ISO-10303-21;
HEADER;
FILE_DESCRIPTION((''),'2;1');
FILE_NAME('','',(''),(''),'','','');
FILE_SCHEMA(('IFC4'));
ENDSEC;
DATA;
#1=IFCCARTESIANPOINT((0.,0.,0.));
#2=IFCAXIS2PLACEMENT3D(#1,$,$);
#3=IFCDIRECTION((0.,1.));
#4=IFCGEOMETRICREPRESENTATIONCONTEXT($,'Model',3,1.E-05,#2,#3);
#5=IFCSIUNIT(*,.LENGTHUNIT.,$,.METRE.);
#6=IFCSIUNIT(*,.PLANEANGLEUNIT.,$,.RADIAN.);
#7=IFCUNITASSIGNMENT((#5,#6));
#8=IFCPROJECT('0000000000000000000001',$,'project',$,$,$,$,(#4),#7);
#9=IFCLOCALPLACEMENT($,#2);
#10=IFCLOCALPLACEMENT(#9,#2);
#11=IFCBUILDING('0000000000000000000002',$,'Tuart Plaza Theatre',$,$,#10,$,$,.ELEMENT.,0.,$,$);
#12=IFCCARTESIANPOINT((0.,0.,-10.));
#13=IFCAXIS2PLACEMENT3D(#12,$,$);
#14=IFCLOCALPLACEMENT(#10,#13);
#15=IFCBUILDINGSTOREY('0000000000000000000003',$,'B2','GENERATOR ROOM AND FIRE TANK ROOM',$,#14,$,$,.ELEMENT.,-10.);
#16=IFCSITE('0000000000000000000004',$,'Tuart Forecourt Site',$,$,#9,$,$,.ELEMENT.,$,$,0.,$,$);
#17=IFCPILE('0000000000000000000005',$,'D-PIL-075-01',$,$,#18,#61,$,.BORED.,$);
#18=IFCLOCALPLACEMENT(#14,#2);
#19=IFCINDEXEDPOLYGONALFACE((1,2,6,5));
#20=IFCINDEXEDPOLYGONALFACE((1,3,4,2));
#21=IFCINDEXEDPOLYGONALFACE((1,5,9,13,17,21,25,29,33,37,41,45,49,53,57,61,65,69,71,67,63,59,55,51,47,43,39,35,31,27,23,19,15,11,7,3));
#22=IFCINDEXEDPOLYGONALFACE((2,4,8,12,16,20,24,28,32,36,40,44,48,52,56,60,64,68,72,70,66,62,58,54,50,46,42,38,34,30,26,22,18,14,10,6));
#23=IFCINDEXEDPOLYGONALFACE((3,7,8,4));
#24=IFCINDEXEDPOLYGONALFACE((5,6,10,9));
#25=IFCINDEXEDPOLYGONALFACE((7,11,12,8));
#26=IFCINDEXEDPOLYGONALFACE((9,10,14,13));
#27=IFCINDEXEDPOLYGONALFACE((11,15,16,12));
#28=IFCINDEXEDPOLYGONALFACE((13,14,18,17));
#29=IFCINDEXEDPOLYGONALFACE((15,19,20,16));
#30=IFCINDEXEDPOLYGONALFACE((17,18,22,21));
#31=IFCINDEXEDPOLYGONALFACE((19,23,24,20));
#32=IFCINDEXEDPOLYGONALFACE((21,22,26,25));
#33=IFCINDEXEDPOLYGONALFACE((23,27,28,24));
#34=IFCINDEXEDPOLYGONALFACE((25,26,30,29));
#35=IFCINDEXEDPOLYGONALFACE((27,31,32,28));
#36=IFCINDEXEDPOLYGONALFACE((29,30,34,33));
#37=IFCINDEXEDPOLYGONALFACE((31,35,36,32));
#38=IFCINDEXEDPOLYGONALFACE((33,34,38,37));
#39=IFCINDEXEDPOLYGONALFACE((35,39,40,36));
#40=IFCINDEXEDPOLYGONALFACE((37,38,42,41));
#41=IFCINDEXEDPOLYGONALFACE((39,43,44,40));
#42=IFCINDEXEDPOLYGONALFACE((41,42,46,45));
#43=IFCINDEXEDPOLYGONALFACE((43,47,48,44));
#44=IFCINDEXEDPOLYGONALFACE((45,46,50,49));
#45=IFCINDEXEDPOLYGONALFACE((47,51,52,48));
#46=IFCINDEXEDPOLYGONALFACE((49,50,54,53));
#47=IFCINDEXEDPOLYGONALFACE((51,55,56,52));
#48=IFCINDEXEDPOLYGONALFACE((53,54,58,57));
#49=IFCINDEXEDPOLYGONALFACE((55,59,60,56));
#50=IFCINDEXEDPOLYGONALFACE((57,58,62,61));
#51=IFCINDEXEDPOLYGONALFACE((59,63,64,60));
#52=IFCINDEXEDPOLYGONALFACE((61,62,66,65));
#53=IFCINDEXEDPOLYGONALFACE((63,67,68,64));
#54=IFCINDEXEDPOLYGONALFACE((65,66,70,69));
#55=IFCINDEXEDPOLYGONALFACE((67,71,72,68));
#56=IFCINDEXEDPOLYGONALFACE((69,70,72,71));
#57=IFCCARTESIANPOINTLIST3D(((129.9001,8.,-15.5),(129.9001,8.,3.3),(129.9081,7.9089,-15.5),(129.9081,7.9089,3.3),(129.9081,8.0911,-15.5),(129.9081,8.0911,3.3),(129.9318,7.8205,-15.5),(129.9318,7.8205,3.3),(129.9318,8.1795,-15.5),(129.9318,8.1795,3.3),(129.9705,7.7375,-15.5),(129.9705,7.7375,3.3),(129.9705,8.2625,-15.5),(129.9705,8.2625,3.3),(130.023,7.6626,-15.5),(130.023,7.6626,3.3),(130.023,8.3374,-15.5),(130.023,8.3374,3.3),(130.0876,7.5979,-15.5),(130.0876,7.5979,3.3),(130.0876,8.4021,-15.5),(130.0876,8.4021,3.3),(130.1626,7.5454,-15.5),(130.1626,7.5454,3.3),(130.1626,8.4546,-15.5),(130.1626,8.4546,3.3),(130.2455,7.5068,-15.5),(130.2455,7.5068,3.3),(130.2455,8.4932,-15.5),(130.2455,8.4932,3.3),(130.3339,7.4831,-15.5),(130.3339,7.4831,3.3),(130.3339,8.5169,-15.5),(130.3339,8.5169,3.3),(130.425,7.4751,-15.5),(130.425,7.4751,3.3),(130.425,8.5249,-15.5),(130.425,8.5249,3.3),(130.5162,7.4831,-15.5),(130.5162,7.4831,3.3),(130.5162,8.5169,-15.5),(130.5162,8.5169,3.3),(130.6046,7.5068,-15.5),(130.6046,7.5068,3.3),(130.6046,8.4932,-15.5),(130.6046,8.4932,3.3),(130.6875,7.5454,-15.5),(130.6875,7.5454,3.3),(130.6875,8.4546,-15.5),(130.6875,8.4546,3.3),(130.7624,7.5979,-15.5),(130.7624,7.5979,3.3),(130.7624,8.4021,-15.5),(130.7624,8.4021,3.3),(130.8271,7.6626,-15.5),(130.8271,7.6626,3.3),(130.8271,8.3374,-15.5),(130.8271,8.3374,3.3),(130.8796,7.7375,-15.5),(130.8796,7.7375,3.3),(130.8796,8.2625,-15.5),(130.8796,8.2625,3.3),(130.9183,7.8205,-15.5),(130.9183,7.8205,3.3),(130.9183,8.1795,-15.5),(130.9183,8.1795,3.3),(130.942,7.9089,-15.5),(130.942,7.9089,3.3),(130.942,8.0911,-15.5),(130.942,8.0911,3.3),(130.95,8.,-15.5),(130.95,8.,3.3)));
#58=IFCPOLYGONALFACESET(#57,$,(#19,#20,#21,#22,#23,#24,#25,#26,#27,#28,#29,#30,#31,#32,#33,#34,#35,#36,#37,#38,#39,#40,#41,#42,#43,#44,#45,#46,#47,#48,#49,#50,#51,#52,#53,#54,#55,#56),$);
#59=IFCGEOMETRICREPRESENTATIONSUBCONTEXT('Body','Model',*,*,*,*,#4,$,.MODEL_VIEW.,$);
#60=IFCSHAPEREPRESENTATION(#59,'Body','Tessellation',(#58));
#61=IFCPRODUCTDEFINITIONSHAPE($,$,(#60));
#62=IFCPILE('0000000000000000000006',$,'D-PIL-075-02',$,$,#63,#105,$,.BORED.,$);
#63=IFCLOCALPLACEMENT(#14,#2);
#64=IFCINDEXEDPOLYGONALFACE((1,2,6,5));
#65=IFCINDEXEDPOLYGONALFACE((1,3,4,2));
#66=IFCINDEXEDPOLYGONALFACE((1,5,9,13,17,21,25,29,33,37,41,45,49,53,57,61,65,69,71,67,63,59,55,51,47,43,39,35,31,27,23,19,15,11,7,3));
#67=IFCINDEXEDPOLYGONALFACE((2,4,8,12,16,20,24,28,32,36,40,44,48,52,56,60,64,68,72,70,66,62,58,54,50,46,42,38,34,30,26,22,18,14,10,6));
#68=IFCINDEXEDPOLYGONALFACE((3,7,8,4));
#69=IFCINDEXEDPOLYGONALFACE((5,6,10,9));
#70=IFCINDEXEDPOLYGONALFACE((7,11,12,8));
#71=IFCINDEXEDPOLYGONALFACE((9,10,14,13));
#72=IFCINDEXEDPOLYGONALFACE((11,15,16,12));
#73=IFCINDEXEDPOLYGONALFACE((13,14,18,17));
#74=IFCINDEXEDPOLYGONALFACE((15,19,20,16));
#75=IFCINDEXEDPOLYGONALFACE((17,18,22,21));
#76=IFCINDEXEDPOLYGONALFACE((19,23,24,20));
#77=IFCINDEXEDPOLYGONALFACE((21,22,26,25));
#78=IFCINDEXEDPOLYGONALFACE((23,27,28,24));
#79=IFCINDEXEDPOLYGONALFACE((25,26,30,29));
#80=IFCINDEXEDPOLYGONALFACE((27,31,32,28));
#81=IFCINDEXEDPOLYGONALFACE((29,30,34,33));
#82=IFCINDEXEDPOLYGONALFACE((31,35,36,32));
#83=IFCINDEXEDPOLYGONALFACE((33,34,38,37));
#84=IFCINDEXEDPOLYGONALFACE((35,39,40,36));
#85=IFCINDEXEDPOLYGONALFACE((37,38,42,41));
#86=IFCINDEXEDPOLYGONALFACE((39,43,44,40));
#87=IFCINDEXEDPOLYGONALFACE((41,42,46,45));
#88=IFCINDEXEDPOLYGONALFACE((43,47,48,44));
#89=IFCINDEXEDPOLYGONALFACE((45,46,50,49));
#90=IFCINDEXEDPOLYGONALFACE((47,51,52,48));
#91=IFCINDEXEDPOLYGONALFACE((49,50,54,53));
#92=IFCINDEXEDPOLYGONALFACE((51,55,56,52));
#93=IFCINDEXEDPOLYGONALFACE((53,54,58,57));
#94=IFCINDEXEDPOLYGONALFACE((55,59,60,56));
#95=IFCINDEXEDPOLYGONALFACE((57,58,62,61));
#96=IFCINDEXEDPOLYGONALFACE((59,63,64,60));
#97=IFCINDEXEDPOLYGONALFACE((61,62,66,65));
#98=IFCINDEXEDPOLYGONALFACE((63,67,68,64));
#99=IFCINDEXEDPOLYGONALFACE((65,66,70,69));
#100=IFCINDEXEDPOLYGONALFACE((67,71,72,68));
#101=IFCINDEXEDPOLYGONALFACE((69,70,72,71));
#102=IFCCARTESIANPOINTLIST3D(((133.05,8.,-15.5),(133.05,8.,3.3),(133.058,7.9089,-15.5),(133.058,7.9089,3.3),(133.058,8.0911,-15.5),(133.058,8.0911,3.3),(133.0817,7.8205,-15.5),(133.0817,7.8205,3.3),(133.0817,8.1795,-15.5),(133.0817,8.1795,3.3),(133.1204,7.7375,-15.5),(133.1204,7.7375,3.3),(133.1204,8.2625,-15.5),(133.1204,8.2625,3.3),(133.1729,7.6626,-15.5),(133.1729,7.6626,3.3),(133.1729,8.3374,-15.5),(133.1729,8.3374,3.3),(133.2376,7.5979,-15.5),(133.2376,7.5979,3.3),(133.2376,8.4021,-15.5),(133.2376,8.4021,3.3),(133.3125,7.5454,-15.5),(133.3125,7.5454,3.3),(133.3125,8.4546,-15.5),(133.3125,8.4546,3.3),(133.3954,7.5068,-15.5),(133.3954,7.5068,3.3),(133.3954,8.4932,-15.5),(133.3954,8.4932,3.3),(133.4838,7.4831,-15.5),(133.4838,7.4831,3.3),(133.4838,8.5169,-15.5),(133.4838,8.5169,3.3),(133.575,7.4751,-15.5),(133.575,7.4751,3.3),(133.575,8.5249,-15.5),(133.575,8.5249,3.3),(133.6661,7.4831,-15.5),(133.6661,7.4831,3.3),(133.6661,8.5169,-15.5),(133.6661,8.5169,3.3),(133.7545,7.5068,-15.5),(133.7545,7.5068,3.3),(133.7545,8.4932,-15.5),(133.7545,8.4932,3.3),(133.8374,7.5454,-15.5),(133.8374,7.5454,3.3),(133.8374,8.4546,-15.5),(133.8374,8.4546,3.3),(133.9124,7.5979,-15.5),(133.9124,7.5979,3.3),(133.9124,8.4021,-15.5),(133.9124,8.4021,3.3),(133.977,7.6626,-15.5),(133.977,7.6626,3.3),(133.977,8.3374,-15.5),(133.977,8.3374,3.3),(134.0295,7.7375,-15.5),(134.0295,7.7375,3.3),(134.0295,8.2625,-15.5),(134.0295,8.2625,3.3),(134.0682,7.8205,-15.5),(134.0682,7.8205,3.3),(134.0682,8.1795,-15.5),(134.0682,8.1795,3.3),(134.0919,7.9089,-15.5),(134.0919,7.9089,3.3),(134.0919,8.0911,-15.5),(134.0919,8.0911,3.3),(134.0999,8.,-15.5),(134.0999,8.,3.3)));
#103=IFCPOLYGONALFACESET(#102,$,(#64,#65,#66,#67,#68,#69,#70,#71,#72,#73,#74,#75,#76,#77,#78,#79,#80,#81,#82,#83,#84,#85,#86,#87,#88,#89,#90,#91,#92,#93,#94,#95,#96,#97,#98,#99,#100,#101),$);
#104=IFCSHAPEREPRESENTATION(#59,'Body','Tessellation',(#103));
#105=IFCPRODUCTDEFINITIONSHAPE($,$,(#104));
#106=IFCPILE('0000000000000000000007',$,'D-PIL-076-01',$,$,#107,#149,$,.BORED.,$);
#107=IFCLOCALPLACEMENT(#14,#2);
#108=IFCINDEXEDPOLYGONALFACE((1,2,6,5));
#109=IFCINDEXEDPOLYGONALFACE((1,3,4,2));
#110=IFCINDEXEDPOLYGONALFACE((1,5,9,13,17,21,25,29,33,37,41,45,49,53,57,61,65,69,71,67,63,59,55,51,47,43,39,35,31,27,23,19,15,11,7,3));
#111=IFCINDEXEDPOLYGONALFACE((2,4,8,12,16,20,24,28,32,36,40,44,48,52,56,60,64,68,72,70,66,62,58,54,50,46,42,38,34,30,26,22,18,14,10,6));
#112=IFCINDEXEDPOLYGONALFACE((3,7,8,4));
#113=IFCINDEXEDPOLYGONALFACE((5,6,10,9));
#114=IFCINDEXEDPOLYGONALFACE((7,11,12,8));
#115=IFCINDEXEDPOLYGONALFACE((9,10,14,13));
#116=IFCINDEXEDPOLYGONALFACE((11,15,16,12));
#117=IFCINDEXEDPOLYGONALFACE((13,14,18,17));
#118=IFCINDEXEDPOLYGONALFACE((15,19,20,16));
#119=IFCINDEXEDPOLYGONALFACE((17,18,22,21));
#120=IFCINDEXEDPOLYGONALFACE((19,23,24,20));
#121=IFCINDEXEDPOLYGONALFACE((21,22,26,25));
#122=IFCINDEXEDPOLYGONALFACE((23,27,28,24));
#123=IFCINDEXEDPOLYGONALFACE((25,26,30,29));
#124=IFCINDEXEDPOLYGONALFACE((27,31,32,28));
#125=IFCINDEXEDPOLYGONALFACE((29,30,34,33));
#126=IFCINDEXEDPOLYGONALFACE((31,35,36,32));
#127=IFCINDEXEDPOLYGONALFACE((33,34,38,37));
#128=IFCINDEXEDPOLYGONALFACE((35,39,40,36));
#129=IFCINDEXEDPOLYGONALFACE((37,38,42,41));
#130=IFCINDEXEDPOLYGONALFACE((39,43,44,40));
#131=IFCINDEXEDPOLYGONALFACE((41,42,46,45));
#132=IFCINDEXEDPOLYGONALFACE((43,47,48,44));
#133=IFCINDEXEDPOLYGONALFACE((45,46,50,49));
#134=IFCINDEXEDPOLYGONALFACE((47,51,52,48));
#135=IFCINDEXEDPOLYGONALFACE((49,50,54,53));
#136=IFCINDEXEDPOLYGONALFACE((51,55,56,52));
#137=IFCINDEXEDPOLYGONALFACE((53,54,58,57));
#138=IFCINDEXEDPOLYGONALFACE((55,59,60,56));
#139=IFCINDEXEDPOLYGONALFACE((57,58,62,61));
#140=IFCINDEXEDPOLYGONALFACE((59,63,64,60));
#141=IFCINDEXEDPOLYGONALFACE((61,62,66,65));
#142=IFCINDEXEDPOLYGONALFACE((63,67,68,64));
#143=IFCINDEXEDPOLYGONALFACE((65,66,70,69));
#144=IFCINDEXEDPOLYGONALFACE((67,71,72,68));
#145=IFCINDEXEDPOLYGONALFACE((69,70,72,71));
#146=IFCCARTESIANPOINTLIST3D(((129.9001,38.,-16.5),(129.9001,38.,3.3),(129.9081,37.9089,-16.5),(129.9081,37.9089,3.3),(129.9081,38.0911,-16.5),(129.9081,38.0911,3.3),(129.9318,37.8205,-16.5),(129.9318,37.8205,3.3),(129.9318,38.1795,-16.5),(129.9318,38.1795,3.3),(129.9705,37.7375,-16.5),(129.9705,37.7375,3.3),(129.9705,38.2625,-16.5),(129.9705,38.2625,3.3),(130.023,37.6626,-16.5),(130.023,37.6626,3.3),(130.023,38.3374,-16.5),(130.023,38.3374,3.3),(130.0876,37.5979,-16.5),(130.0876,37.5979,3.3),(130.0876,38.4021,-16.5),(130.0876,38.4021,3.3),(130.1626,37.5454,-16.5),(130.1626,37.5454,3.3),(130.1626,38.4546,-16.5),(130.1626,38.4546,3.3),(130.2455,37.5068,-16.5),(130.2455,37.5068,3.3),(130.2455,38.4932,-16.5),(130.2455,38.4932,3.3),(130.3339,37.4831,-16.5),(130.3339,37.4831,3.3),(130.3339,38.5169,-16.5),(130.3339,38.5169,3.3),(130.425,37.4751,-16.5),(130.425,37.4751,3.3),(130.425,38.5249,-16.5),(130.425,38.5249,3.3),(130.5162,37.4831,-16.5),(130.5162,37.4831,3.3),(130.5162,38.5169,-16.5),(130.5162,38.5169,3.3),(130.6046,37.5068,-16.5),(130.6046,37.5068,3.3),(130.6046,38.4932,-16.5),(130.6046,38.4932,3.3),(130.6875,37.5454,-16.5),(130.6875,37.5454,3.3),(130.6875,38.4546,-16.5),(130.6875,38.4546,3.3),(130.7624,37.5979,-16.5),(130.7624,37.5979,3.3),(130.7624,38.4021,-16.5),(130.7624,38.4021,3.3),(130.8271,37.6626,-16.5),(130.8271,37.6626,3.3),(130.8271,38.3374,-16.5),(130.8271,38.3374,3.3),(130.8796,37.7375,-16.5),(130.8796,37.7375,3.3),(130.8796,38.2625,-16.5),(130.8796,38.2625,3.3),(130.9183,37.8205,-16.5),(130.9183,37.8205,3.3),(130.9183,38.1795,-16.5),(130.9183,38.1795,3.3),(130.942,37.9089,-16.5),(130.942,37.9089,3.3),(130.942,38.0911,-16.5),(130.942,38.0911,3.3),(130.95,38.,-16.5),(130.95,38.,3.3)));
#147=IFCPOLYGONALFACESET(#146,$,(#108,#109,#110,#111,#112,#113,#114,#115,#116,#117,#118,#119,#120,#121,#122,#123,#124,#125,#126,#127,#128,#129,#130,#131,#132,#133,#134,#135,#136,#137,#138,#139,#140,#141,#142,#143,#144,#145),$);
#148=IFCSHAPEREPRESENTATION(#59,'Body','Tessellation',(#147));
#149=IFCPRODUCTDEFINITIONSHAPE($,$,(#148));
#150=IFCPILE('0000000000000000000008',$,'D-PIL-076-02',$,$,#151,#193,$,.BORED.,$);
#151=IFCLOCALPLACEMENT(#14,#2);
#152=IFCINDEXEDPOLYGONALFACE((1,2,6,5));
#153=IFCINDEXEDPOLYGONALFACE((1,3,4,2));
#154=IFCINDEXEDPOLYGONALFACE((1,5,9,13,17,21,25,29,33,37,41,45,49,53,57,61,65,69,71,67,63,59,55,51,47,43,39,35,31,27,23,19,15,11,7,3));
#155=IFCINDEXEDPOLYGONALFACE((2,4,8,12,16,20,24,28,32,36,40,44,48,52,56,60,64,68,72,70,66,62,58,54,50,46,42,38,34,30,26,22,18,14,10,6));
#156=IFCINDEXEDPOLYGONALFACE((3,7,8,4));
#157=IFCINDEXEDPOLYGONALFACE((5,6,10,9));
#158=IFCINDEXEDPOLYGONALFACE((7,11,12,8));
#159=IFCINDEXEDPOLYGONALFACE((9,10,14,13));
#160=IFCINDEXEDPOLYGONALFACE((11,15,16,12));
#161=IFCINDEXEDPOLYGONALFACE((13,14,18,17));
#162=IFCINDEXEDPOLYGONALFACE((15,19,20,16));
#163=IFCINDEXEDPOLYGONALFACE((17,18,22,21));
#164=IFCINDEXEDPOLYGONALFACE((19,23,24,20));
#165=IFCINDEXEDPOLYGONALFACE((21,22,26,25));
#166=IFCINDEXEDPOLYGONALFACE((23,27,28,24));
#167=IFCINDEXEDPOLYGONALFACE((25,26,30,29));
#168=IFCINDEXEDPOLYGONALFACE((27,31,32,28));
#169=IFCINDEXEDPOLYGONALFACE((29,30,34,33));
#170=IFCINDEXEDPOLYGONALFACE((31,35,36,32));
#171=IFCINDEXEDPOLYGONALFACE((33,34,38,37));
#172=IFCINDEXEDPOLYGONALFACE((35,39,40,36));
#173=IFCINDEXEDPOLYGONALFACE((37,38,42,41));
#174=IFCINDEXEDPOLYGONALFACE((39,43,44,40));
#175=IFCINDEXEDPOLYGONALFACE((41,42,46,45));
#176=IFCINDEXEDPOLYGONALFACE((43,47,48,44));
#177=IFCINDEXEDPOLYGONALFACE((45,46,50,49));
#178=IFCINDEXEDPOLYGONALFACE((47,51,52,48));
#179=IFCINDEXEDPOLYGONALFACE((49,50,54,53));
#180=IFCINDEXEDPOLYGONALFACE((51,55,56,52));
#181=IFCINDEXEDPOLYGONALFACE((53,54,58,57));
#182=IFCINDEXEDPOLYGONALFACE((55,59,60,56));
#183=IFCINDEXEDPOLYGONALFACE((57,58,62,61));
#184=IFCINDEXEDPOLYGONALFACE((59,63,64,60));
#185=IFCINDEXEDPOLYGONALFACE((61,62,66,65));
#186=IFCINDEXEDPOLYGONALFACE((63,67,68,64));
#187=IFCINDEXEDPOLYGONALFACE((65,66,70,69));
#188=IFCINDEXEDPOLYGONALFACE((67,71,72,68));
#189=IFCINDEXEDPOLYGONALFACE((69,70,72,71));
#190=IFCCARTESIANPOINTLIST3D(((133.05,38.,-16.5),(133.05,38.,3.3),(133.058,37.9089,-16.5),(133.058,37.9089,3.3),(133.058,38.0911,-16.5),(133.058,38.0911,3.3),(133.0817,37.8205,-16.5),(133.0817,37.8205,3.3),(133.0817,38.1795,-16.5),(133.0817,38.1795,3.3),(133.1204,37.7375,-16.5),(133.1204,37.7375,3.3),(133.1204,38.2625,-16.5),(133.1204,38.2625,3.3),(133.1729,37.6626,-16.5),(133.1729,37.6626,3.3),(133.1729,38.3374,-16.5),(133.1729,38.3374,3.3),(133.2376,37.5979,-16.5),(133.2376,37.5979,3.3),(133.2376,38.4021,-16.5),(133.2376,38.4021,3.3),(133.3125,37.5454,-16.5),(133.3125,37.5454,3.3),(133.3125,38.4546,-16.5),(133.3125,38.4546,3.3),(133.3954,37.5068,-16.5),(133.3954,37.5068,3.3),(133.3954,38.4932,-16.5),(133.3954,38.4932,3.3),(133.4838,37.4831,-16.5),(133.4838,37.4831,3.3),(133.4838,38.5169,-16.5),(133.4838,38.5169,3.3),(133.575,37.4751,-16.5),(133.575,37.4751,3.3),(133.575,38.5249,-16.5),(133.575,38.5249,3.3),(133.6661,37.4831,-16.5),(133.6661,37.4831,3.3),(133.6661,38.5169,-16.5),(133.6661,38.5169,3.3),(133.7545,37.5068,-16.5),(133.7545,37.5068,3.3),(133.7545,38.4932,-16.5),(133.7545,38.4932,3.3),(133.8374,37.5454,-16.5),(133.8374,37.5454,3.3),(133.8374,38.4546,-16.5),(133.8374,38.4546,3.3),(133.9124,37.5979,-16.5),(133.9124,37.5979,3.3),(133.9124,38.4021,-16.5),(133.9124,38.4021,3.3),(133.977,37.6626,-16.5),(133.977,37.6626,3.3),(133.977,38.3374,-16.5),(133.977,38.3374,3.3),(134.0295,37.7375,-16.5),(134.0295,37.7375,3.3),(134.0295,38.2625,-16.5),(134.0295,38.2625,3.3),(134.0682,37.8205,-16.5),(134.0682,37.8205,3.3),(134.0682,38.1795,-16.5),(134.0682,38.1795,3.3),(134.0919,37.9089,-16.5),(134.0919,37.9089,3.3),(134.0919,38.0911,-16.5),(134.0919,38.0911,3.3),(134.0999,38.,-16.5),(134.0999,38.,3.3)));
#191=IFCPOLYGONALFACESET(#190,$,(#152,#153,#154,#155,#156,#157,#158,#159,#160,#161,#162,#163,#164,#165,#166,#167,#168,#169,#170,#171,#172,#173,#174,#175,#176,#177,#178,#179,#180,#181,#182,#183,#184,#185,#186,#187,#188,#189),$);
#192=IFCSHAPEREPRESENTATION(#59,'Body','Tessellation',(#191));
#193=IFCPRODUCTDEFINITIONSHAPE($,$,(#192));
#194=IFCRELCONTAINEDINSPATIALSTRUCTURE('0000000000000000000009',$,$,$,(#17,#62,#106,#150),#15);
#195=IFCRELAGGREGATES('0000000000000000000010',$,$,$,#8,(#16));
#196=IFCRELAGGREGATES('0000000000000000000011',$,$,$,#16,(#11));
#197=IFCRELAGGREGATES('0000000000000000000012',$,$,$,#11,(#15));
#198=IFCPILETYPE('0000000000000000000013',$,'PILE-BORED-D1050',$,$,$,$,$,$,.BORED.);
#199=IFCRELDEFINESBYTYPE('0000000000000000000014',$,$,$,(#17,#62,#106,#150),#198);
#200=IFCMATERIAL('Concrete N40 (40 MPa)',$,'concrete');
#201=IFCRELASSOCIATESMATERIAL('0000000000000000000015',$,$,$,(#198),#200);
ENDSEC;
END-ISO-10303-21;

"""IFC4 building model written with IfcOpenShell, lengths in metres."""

from ifc_helpers import new_model, si_unit, direction, frame, origin, origin_2d, place, context, subcontext, project, spatial, circle, extrude, material, material_profile, profile_set, type_object, element, save


model = new_model("IFC4")

# Units and contexts
model_context = context("Model", 3, precision=1e-05, world=origin(), true_north=direction((0.0, 1.0)))
body_context = subcontext(model_context, "Body", "Model", "MODEL_VIEW")
ifc_project = project(units=[si_unit("LENGTHUNIT", "METRE"), si_unit("PLANEANGLEUNIT", "RADIAN")], contexts=[model_context])

# Site, building, storey
site_placement = place(None, origin())
site = spatial("IfcSite", under=ifc_project, at=site_placement, Name="Tuart Forecourt Site", CompositionType="ELEMENT", RefElevation=0.0)
building_placement = place(site_placement, origin())
building = spatial("IfcBuilding", under=site, at=building_placement, Name="Tuart Plaza Theatre", CompositionType="ELEMENT", ElevationOfRefHeight=0.0)
storey_placement = place(building_placement, frame((0.0, 0.0, -10.0)))
storey = spatial("IfcBuildingStorey", under=building, at=storey_placement, Name="B2", Description="GENERATOR ROOM AND FIRE TANK ROOM", CompositionType="ELEMENT", Elevation=-10.0)

# Piles
ifc_material_1 = material(Name="Concrete N40 (40 MPa)", Category="concrete")
ifc_material_profile_1 = material_profile(ifc_material_1, circle(Radius=0.5249, at=origin_2d()), Name="PILE-BORED-D1050")
ifc_profile_set_1 = profile_set([ifc_material_profile_1], Name="Concrete N40 (40 MPa)")
pile_type_1 = type_object("IfcPileType", Name="PILE-BORED-D1050", PredefinedType="BORED", material=ifc_profile_set_1)
for number, where, z_axis, x_axis, name in (
    (1, (130.425, 8.0, 3.3), (0.0, 0.0, -1.0), (1.0, 0.0, 0.0), "D-PIL-075-01"),
    (2, (133.575, 8.0, 3.3), (0.0, 0.0, -1.0), (1.0, 0.0, 0.0), "D-PIL-075-02"),
):
    element("IfcPile", number, at=place(storey_placement, frame(where, z_axis=z_axis, x_axis=x_axis)), inside=storey, type_object=pile_type_1, Name=name, PredefinedType="BORED", context=body_context, shape_type="SweptSolid", body=[
        extrude(circle(Radius=0.5249, at=origin_2d()), origin(), (0.0, 0.0, 1.0), 18.8),
    ])
for number, where, z_axis, x_axis, name in (
    (3, (130.425, 38.0, 3.3), (0.0, 0.0, -1.0), (1.0, 0.0, 0.0), "D-PIL-076-01"),
    (4, (133.575, 38.0, 3.3), (0.0, 0.0, -1.0), (1.0, 0.0, 0.0), "D-PIL-076-02"),
):
    element("IfcPile", number, at=place(storey_placement, frame(where, z_axis=z_axis, x_axis=x_axis)), inside=storey, type_object=pile_type_1, Name=name, PredefinedType="BORED", context=body_context, shape_type="SweptSolid", body=[
        extrude(circle(Radius=0.5249, at=origin_2d()), origin(), (0.0, 0.0, 1.0), 19.8),
    ])

save(model, "model.ifc")
